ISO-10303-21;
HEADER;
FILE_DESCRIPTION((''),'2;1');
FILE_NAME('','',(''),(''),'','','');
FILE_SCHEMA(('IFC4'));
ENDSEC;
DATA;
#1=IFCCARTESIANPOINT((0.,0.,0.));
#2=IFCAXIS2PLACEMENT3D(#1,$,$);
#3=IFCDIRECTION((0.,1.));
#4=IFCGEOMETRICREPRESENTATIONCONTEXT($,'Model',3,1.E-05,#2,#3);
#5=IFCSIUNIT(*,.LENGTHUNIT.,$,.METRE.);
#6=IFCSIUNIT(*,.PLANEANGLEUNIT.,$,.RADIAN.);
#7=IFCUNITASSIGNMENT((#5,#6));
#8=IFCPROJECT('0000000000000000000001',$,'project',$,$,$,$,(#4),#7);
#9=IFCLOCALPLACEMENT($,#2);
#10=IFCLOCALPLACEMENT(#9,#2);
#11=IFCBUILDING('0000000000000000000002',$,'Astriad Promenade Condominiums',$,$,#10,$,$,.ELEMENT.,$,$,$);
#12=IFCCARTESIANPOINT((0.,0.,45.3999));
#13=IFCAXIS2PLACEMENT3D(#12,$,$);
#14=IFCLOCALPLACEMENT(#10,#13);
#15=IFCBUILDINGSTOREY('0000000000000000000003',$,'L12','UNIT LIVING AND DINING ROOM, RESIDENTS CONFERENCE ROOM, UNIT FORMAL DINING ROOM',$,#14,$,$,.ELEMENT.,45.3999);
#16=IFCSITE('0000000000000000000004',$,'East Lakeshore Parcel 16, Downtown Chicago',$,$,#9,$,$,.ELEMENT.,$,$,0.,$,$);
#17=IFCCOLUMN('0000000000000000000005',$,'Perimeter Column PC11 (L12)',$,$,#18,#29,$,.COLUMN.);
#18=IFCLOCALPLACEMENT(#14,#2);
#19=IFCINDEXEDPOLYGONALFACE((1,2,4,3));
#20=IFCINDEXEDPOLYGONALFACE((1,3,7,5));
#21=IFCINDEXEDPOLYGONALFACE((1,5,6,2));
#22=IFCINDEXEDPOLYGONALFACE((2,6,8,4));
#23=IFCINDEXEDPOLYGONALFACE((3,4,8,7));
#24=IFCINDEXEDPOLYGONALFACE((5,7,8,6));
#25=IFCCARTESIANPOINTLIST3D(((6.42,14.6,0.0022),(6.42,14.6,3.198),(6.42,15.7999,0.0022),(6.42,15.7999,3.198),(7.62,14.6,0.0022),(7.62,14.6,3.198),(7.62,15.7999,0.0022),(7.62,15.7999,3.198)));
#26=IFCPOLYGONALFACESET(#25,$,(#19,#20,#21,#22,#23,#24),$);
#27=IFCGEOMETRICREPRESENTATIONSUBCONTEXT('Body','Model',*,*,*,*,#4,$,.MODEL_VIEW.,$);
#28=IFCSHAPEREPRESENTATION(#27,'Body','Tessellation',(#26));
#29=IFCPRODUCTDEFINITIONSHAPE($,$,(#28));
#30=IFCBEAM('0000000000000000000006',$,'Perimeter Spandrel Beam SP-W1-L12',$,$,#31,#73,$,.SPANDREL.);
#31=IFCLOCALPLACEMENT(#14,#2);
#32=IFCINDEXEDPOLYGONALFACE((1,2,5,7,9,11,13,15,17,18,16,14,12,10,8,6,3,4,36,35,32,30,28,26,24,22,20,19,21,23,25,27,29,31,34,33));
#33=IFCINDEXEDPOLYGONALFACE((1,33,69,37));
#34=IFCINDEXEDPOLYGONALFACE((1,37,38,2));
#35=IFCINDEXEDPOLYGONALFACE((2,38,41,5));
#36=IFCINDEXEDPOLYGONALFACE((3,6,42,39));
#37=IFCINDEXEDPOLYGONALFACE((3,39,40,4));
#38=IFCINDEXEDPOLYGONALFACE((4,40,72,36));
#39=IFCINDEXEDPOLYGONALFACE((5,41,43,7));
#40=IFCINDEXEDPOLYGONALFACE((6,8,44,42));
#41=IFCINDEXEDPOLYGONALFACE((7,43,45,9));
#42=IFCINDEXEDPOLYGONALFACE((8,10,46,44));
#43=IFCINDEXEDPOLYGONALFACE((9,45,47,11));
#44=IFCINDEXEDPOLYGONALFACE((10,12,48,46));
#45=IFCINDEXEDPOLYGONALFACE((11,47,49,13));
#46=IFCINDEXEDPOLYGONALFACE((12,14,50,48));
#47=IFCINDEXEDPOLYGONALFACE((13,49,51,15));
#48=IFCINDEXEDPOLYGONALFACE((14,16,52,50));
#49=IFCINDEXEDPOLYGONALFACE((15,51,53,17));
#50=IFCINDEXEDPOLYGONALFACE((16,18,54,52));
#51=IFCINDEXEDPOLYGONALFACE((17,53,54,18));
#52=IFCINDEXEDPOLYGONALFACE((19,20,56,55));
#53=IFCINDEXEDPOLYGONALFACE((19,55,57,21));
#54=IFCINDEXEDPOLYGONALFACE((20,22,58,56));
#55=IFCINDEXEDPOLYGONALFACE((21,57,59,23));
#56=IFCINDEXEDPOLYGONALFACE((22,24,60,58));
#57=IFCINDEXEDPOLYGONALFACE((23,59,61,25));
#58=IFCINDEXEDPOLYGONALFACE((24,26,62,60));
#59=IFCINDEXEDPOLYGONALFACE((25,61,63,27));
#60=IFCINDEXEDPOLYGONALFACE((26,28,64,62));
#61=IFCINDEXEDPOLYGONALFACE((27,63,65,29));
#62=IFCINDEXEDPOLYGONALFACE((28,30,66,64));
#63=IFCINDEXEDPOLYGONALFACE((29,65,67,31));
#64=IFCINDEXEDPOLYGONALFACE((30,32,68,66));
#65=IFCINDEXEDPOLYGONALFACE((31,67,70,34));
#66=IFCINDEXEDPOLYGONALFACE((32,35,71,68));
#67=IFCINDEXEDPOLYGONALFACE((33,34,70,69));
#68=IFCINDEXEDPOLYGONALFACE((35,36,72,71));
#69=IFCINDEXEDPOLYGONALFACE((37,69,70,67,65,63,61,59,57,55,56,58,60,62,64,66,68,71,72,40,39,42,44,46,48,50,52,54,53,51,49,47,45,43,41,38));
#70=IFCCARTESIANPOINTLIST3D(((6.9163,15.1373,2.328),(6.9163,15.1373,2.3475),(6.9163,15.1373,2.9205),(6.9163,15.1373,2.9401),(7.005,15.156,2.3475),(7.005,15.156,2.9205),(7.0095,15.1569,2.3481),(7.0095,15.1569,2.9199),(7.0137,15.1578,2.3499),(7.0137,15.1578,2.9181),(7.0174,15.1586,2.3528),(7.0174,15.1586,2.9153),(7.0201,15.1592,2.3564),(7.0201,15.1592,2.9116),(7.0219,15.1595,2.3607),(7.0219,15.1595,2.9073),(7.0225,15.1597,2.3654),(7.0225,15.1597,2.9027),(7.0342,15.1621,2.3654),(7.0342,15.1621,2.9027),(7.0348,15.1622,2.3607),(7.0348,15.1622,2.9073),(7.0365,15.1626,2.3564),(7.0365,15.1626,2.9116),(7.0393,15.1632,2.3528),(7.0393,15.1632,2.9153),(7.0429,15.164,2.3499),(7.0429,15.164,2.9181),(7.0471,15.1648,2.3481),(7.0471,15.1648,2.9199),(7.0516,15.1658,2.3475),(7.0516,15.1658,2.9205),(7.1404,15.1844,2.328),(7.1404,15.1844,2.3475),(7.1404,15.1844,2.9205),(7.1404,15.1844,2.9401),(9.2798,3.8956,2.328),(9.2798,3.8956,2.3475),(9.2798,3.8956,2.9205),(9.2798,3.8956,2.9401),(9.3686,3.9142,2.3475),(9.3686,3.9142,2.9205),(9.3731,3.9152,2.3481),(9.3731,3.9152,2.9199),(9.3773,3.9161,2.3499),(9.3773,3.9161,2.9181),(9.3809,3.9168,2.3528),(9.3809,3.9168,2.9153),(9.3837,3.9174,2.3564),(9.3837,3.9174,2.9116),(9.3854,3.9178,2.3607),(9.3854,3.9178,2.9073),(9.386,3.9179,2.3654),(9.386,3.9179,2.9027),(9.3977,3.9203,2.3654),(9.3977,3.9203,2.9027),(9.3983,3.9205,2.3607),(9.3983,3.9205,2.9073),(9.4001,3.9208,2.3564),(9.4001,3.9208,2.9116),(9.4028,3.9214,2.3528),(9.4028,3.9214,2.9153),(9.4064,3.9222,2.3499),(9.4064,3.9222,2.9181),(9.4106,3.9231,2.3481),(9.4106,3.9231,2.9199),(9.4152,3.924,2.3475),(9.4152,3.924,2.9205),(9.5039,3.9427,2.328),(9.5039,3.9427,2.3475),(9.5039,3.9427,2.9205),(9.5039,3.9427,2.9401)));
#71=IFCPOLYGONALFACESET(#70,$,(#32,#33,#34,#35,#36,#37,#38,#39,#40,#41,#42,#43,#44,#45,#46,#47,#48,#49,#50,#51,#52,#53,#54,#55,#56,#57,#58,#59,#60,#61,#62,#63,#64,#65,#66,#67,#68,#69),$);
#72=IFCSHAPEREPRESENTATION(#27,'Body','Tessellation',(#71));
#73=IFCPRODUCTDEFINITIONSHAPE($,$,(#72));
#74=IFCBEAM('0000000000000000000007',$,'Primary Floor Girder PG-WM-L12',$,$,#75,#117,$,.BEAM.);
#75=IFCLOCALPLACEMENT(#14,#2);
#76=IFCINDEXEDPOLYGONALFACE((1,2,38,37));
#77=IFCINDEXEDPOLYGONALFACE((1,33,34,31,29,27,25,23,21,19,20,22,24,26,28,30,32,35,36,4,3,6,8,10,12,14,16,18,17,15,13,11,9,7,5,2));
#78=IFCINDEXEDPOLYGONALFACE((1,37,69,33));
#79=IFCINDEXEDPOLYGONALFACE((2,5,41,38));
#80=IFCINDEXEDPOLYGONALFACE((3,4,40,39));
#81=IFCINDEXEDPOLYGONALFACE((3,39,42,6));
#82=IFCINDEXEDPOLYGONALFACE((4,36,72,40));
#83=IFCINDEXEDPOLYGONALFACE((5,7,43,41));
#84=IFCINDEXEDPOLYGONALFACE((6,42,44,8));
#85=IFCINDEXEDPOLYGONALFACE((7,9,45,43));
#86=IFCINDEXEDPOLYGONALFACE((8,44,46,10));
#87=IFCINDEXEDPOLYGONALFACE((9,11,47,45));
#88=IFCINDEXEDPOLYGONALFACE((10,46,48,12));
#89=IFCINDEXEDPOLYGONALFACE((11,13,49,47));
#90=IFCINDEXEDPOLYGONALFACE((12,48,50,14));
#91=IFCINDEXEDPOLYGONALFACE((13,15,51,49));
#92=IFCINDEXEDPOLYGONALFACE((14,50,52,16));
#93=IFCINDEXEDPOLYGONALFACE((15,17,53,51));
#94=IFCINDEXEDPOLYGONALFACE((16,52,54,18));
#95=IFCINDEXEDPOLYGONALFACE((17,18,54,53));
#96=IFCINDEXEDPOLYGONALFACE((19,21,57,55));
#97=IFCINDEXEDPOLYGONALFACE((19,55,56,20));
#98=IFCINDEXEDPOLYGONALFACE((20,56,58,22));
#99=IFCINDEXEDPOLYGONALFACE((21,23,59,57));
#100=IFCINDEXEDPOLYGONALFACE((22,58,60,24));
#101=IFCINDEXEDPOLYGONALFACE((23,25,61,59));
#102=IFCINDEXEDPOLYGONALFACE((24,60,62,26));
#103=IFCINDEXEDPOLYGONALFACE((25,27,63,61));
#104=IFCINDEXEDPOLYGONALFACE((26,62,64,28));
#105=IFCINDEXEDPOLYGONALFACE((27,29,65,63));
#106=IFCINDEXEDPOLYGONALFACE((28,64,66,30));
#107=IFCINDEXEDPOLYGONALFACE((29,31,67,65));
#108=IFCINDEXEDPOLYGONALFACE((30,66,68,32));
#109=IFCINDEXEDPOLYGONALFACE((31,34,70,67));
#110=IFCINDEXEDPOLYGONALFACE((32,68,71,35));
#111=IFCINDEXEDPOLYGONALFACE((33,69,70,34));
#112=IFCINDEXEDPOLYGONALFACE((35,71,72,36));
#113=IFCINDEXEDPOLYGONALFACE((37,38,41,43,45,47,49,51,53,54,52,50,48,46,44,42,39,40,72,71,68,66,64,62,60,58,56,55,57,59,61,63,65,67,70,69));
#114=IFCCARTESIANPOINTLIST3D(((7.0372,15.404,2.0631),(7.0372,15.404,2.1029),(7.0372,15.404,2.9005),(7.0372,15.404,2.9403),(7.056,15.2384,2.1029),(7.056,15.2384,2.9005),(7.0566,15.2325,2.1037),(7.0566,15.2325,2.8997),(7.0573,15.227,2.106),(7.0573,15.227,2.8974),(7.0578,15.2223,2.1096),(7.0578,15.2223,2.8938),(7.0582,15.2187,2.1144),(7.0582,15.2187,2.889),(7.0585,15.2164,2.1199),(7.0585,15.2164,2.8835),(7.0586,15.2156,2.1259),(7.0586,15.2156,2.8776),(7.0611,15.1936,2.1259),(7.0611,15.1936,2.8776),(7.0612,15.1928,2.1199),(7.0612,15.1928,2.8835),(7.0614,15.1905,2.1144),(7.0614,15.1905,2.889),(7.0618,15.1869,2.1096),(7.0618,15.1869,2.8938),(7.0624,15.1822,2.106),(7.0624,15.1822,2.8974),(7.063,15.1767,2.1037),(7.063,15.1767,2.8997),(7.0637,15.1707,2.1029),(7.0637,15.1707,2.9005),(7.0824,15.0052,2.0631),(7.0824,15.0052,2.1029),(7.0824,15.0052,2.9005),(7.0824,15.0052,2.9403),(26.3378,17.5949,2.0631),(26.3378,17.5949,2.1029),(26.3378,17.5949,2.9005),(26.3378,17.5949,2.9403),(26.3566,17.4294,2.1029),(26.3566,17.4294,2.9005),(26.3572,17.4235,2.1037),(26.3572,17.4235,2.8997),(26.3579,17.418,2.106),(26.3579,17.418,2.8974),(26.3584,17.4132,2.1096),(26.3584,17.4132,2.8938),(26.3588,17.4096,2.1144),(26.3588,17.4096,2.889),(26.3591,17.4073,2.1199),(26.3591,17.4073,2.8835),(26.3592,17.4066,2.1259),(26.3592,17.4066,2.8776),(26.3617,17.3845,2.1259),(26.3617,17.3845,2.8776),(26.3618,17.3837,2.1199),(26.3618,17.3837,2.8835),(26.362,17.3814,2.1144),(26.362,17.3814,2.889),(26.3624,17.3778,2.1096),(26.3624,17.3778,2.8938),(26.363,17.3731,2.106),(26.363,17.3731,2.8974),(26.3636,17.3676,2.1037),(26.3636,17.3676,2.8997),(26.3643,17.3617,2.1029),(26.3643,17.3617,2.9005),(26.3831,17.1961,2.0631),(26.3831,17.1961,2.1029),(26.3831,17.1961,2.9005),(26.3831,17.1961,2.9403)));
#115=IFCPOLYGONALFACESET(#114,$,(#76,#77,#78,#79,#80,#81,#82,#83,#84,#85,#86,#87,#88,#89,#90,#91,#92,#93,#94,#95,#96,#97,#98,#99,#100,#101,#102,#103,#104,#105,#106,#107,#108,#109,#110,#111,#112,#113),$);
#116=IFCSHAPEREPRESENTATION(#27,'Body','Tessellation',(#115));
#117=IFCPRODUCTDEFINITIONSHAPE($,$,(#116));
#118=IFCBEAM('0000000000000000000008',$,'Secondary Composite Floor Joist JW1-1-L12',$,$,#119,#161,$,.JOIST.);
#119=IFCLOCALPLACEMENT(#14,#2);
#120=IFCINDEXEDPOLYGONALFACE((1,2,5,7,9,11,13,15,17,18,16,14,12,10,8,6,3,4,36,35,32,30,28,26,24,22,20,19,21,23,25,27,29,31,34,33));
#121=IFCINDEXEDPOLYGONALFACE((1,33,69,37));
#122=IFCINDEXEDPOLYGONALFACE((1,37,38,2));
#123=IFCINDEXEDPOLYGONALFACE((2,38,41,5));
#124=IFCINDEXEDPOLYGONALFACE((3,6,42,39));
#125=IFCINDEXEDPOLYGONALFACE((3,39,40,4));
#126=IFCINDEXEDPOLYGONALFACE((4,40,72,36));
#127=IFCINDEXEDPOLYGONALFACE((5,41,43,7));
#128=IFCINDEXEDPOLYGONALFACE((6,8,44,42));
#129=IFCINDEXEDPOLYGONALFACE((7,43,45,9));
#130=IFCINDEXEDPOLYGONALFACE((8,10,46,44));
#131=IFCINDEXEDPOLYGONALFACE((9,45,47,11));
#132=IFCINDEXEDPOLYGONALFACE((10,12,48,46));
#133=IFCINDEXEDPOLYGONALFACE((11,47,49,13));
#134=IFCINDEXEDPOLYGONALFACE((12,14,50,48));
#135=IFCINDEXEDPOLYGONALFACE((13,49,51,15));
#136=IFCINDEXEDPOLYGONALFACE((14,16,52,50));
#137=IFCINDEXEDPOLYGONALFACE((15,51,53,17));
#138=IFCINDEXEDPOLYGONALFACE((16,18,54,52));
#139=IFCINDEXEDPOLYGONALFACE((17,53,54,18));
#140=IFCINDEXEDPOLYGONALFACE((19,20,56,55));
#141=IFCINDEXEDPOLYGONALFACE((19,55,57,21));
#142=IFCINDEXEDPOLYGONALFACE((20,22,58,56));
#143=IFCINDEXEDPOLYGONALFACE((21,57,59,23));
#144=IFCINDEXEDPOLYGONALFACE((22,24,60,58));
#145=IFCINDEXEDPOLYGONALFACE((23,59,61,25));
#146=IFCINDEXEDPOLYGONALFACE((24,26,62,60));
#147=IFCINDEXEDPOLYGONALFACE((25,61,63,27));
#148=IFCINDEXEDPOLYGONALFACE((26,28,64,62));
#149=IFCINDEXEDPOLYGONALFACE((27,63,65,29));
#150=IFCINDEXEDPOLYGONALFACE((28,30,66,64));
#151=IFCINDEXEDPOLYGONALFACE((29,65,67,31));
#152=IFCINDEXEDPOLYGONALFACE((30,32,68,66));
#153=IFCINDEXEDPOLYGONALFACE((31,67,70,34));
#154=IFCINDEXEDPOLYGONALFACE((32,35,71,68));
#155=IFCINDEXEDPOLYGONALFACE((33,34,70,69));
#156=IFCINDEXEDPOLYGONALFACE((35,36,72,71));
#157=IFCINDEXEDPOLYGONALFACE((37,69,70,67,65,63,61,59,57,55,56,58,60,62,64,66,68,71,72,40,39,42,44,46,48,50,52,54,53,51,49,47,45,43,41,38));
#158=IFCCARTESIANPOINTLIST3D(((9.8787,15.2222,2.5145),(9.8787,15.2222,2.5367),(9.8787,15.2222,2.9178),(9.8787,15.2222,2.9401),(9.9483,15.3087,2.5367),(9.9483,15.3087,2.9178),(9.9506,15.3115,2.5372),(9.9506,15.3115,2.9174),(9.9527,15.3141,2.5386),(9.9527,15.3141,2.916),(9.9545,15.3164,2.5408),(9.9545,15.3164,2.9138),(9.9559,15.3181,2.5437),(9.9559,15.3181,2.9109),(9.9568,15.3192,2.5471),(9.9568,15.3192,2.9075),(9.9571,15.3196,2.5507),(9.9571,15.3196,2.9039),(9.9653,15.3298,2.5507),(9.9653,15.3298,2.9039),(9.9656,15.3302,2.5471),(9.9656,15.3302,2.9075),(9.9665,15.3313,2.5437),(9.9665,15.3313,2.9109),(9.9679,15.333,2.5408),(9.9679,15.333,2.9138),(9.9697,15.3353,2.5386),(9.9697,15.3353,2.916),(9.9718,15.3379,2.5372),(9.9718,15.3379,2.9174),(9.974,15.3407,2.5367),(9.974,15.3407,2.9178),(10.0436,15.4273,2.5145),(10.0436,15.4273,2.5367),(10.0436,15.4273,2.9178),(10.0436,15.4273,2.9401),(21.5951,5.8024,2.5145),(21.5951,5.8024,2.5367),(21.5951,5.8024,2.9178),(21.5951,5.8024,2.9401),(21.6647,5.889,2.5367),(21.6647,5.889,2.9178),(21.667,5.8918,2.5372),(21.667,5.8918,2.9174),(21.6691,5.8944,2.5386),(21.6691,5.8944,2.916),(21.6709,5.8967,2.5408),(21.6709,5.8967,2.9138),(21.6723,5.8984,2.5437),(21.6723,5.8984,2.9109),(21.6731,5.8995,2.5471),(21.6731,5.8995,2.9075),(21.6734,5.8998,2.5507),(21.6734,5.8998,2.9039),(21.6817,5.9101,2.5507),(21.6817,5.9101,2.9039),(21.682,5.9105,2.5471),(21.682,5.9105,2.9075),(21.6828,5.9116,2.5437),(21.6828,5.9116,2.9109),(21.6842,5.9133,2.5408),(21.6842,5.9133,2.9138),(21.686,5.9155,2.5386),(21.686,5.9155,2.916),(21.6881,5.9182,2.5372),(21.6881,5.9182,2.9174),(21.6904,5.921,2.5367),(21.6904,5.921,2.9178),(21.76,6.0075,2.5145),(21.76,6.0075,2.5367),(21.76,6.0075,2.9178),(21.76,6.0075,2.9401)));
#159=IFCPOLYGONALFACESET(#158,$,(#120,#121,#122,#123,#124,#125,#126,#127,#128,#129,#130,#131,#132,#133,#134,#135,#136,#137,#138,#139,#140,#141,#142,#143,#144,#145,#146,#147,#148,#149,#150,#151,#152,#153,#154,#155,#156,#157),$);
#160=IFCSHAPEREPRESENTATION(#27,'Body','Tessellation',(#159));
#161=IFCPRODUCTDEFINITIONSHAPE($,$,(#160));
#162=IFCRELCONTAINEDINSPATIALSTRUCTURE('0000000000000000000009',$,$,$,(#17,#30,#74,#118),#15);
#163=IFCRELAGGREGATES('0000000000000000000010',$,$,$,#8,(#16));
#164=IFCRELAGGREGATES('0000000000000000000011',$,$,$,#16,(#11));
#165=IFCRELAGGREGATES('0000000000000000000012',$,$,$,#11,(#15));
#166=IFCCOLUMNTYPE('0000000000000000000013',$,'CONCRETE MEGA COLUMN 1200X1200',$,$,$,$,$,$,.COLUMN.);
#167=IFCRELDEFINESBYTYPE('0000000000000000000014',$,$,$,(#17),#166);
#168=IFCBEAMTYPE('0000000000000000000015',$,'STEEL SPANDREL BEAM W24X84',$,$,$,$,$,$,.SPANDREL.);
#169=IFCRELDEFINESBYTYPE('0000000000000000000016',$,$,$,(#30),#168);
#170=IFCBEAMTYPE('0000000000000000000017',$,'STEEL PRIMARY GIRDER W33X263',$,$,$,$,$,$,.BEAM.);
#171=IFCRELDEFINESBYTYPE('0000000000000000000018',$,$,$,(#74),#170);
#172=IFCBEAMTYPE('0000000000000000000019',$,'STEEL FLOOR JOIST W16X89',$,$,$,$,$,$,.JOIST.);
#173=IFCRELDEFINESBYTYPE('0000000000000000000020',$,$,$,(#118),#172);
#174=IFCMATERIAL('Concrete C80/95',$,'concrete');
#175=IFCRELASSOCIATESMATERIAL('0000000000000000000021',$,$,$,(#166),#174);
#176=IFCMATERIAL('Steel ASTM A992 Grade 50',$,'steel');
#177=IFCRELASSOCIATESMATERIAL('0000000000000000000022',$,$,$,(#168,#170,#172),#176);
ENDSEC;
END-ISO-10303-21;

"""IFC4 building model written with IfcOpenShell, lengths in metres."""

from ifc_helpers import new_model, si_unit, direction, frame, origin, origin_2d, place, context, subcontext, project, spatial, rectangle, i_section, extrude, source, transform, mapped, material, material_profile, profile_set, type_object, type_shapes, element, save


model = new_model("IFC4")

# Units and contexts
model_context = context("Model", 3, precision=1e-05, world=origin(), true_north=direction((0.0, 1.0)))
body_context = subcontext(model_context, "Body", "Model", "MODEL_VIEW")
ifc_project = project(units=[si_unit("LENGTHUNIT", "METRE"), si_unit("PLANEANGLEUNIT", "RADIAN")], contexts=[model_context])

# Site, building, storey
site_placement = place(None, origin())
site = spatial("IfcSite", under=ifc_project, at=site_placement, Name="East Lakeshore Parcel 16, Downtown Chicago", CompositionType="ELEMENT", RefElevation=0.0)
building_placement = place(site_placement, origin())
building = spatial("IfcBuilding", under=site, at=building_placement, Name="Astriad Promenade Condominiums", CompositionType="ELEMENT")
storey_placement = place(building_placement, frame((0.0, 0.0, 45.3999)))
storey = spatial("IfcBuildingStorey", under=building, at=storey_placement, Name="L12", Description="UNIT LIVING AND DINING ROOM, RESIDENTS CONFERENCE ROOM, UNIT FORMAL DINING ROOM", CompositionType="ELEMENT", Elevation=45.3999)

# Column
ifc_material_1 = material(Name="Concrete C80/95", Category="concrete")
ifc_material_profile_1 = material_profile(ifc_material_1, rectangle(XDim=1.2, YDim=1.2, at=origin_2d()), Name="RC-COL-1200X1200")
ifc_profile_set_1 = profile_set([ifc_material_profile_1], Name="Concrete C80/95")
column_type = type_object("IfcColumnType", Name="CONCRETE MEGA COLUMN 1200X1200", PredefinedType="COLUMN", material=ifc_profile_set_1)
shared_shape_1 = source(origin(), body_context, "Body", "SweptSolid", [
    extrude(rectangle(XDim=1.2, YDim=1.2, at=origin_2d()), origin(), (0.0, 0.0, 1.0), 3.1958),
])
type_shapes(column_type, [shared_shape_1])
column_placement = place(storey_placement, frame((7.02, 15.2, 0.0022), z_axis=(0.0, 0.0, 1.0), x_axis=(1.0, 0.0, 0.0)))
element("IfcColumn", 1, at=column_placement, inside=storey, type_object=column_type, Name="Perimeter Column PC11 (L12)", PredefinedType="COLUMN", context=body_context, shape_type="MappedRepresentation", body=[
    mapped(shared_shape_1, transform((0.0, 0.0, 0.0), scale=1.0)),
])

# Beams
ifc_material_2 = material(Name="Steel ASTM A992 Grade 50", Category="steel")
ifc_material_profile_2 = material_profile(ifc_material_2, i_section(OverallWidth=0.229, OverallDepth=0.6121, WebThickness=0.012, FlangeThickness=0.0195, FilletRadius=0.0178, at=origin_2d()), Name="W24X84")
ifc_profile_set_2 = profile_set([ifc_material_profile_2], Name="Steel ASTM A992 Grade 50")
beam_type_1 = type_object("IfcBeamType", Name="STEEL SPANDREL BEAM W24X84", PredefinedType="SPANDREL", material=ifc_profile_set_2)
shared_shape_2 = source(origin(), body_context, "Body", "SweptSolid", [
    extrude(i_section(OverallWidth=0.229, OverallDepth=0.6121, WebThickness=0.012, FlangeThickness=0.0195, FilletRadius=0.0178, at=origin_2d()), origin(), (0.0, 0.0, 1.0), 11.4875),
])
type_shapes(beam_type_1, [shared_shape_2])
beam_1_placement = place(storey_placement, frame((7.0283, 15.1609, 2.634), z_axis=(0.205748, -0.978605, 0.0), x_axis=(0.978605, 0.205748, 0.0)))
element("IfcBeam", 2, at=beam_1_placement, inside=storey, type_object=beam_type_1, Name="Perimeter Spandrel Beam SP-W1-L12", PredefinedType="SPANDREL", context=body_context, shape_type="MappedRepresentation", body=[
    mapped(shared_shape_2, transform((0.0, 0.0, 0.0), scale=1.0)),
])
ifc_material_profile_3 = material_profile(ifc_material_2, i_section(OverallWidth=0.4014, OverallDepth=0.8772, WebThickness=0.0222, FlangeThickness=0.0398, FilletRadius=0.0229, at=origin_2d()), Name="W33X263")
ifc_profile_set_3 = profile_set([ifc_material_profile_3], Name="Steel ASTM A992 Grade 50")
beam_type_2 = type_object("IfcBeamType", Name="STEEL PRIMARY GIRDER W33X263", PredefinedType="BEAM", material=ifc_profile_set_3)
shared_shape_3 = source(origin(), body_context, "Body", "SweptSolid", [
    extrude(i_section(OverallWidth=0.4014, OverallDepth=0.8772, WebThickness=0.0222, FlangeThickness=0.0398, FilletRadius=0.0229, at=origin_2d()), origin(), (0.0, 0.0, 1.0), 19.4246),
])
type_shapes(beam_type_2, [shared_shape_3])
beam_2_placement = place(storey_placement, frame((7.0598, 15.2046, 2.5017), z_axis=(0.993619, 0.112792, 0.0), x_axis=(-0.112792, 0.993619, 0.0)))
element("IfcBeam", 3, at=beam_2_placement, inside=storey, type_object=beam_type_2, Name="Primary Floor Girder PG-WM-L12", PredefinedType="BEAM", context=body_context, shape_type="MappedRepresentation", body=[
    mapped(shared_shape_3, transform((0.0, 0.0, 0.0), scale=1.0)),
])
ifc_material_profile_4 = material_profile(ifc_material_2, i_section(OverallWidth=0.2632, OverallDepth=0.4255, WebThickness=0.0132, FlangeThickness=0.0222, FilletRadius=0.0139, at=origin_2d()), Name="W16X89")
ifc_profile_set_4 = profile_set([ifc_material_profile_4], Name="Steel ASTM A992 Grade 50")
beam_type_3 = type_object("IfcBeamType", Name="STEEL FLOOR JOIST W16X89", PredefinedType="JOIST", material=ifc_profile_set_4)
shared_shape_4 = source(origin(), body_context, "Body", "SweptSolid", [
    extrude(i_section(OverallWidth=0.2632, OverallDepth=0.4255, WebThickness=0.0132, FlangeThickness=0.0222, FilletRadius=0.0139, at=origin_2d()), origin(), (0.0, 0.0, 1.0), 15.0334),
])
beam_3_placement = place(storey_placement, frame((9.9612, 15.3247, 2.7273), z_axis=(0.779353, -0.626585, 0.0), x_axis=(0.626585, 0.779353, 0.0)))
element("IfcBeam", 4, at=beam_3_placement, inside=storey, type_object=beam_type_3, Name="Secondary Composite Floor Joist JW1-1-L12", PredefinedType="JOIST", context=body_context, shape_type="MappedRepresentation", body=[
    mapped(shared_shape_4, transform((0.0, 0.0, 0.0), scale=1.0)),
])

save(model, "model.ifc")
